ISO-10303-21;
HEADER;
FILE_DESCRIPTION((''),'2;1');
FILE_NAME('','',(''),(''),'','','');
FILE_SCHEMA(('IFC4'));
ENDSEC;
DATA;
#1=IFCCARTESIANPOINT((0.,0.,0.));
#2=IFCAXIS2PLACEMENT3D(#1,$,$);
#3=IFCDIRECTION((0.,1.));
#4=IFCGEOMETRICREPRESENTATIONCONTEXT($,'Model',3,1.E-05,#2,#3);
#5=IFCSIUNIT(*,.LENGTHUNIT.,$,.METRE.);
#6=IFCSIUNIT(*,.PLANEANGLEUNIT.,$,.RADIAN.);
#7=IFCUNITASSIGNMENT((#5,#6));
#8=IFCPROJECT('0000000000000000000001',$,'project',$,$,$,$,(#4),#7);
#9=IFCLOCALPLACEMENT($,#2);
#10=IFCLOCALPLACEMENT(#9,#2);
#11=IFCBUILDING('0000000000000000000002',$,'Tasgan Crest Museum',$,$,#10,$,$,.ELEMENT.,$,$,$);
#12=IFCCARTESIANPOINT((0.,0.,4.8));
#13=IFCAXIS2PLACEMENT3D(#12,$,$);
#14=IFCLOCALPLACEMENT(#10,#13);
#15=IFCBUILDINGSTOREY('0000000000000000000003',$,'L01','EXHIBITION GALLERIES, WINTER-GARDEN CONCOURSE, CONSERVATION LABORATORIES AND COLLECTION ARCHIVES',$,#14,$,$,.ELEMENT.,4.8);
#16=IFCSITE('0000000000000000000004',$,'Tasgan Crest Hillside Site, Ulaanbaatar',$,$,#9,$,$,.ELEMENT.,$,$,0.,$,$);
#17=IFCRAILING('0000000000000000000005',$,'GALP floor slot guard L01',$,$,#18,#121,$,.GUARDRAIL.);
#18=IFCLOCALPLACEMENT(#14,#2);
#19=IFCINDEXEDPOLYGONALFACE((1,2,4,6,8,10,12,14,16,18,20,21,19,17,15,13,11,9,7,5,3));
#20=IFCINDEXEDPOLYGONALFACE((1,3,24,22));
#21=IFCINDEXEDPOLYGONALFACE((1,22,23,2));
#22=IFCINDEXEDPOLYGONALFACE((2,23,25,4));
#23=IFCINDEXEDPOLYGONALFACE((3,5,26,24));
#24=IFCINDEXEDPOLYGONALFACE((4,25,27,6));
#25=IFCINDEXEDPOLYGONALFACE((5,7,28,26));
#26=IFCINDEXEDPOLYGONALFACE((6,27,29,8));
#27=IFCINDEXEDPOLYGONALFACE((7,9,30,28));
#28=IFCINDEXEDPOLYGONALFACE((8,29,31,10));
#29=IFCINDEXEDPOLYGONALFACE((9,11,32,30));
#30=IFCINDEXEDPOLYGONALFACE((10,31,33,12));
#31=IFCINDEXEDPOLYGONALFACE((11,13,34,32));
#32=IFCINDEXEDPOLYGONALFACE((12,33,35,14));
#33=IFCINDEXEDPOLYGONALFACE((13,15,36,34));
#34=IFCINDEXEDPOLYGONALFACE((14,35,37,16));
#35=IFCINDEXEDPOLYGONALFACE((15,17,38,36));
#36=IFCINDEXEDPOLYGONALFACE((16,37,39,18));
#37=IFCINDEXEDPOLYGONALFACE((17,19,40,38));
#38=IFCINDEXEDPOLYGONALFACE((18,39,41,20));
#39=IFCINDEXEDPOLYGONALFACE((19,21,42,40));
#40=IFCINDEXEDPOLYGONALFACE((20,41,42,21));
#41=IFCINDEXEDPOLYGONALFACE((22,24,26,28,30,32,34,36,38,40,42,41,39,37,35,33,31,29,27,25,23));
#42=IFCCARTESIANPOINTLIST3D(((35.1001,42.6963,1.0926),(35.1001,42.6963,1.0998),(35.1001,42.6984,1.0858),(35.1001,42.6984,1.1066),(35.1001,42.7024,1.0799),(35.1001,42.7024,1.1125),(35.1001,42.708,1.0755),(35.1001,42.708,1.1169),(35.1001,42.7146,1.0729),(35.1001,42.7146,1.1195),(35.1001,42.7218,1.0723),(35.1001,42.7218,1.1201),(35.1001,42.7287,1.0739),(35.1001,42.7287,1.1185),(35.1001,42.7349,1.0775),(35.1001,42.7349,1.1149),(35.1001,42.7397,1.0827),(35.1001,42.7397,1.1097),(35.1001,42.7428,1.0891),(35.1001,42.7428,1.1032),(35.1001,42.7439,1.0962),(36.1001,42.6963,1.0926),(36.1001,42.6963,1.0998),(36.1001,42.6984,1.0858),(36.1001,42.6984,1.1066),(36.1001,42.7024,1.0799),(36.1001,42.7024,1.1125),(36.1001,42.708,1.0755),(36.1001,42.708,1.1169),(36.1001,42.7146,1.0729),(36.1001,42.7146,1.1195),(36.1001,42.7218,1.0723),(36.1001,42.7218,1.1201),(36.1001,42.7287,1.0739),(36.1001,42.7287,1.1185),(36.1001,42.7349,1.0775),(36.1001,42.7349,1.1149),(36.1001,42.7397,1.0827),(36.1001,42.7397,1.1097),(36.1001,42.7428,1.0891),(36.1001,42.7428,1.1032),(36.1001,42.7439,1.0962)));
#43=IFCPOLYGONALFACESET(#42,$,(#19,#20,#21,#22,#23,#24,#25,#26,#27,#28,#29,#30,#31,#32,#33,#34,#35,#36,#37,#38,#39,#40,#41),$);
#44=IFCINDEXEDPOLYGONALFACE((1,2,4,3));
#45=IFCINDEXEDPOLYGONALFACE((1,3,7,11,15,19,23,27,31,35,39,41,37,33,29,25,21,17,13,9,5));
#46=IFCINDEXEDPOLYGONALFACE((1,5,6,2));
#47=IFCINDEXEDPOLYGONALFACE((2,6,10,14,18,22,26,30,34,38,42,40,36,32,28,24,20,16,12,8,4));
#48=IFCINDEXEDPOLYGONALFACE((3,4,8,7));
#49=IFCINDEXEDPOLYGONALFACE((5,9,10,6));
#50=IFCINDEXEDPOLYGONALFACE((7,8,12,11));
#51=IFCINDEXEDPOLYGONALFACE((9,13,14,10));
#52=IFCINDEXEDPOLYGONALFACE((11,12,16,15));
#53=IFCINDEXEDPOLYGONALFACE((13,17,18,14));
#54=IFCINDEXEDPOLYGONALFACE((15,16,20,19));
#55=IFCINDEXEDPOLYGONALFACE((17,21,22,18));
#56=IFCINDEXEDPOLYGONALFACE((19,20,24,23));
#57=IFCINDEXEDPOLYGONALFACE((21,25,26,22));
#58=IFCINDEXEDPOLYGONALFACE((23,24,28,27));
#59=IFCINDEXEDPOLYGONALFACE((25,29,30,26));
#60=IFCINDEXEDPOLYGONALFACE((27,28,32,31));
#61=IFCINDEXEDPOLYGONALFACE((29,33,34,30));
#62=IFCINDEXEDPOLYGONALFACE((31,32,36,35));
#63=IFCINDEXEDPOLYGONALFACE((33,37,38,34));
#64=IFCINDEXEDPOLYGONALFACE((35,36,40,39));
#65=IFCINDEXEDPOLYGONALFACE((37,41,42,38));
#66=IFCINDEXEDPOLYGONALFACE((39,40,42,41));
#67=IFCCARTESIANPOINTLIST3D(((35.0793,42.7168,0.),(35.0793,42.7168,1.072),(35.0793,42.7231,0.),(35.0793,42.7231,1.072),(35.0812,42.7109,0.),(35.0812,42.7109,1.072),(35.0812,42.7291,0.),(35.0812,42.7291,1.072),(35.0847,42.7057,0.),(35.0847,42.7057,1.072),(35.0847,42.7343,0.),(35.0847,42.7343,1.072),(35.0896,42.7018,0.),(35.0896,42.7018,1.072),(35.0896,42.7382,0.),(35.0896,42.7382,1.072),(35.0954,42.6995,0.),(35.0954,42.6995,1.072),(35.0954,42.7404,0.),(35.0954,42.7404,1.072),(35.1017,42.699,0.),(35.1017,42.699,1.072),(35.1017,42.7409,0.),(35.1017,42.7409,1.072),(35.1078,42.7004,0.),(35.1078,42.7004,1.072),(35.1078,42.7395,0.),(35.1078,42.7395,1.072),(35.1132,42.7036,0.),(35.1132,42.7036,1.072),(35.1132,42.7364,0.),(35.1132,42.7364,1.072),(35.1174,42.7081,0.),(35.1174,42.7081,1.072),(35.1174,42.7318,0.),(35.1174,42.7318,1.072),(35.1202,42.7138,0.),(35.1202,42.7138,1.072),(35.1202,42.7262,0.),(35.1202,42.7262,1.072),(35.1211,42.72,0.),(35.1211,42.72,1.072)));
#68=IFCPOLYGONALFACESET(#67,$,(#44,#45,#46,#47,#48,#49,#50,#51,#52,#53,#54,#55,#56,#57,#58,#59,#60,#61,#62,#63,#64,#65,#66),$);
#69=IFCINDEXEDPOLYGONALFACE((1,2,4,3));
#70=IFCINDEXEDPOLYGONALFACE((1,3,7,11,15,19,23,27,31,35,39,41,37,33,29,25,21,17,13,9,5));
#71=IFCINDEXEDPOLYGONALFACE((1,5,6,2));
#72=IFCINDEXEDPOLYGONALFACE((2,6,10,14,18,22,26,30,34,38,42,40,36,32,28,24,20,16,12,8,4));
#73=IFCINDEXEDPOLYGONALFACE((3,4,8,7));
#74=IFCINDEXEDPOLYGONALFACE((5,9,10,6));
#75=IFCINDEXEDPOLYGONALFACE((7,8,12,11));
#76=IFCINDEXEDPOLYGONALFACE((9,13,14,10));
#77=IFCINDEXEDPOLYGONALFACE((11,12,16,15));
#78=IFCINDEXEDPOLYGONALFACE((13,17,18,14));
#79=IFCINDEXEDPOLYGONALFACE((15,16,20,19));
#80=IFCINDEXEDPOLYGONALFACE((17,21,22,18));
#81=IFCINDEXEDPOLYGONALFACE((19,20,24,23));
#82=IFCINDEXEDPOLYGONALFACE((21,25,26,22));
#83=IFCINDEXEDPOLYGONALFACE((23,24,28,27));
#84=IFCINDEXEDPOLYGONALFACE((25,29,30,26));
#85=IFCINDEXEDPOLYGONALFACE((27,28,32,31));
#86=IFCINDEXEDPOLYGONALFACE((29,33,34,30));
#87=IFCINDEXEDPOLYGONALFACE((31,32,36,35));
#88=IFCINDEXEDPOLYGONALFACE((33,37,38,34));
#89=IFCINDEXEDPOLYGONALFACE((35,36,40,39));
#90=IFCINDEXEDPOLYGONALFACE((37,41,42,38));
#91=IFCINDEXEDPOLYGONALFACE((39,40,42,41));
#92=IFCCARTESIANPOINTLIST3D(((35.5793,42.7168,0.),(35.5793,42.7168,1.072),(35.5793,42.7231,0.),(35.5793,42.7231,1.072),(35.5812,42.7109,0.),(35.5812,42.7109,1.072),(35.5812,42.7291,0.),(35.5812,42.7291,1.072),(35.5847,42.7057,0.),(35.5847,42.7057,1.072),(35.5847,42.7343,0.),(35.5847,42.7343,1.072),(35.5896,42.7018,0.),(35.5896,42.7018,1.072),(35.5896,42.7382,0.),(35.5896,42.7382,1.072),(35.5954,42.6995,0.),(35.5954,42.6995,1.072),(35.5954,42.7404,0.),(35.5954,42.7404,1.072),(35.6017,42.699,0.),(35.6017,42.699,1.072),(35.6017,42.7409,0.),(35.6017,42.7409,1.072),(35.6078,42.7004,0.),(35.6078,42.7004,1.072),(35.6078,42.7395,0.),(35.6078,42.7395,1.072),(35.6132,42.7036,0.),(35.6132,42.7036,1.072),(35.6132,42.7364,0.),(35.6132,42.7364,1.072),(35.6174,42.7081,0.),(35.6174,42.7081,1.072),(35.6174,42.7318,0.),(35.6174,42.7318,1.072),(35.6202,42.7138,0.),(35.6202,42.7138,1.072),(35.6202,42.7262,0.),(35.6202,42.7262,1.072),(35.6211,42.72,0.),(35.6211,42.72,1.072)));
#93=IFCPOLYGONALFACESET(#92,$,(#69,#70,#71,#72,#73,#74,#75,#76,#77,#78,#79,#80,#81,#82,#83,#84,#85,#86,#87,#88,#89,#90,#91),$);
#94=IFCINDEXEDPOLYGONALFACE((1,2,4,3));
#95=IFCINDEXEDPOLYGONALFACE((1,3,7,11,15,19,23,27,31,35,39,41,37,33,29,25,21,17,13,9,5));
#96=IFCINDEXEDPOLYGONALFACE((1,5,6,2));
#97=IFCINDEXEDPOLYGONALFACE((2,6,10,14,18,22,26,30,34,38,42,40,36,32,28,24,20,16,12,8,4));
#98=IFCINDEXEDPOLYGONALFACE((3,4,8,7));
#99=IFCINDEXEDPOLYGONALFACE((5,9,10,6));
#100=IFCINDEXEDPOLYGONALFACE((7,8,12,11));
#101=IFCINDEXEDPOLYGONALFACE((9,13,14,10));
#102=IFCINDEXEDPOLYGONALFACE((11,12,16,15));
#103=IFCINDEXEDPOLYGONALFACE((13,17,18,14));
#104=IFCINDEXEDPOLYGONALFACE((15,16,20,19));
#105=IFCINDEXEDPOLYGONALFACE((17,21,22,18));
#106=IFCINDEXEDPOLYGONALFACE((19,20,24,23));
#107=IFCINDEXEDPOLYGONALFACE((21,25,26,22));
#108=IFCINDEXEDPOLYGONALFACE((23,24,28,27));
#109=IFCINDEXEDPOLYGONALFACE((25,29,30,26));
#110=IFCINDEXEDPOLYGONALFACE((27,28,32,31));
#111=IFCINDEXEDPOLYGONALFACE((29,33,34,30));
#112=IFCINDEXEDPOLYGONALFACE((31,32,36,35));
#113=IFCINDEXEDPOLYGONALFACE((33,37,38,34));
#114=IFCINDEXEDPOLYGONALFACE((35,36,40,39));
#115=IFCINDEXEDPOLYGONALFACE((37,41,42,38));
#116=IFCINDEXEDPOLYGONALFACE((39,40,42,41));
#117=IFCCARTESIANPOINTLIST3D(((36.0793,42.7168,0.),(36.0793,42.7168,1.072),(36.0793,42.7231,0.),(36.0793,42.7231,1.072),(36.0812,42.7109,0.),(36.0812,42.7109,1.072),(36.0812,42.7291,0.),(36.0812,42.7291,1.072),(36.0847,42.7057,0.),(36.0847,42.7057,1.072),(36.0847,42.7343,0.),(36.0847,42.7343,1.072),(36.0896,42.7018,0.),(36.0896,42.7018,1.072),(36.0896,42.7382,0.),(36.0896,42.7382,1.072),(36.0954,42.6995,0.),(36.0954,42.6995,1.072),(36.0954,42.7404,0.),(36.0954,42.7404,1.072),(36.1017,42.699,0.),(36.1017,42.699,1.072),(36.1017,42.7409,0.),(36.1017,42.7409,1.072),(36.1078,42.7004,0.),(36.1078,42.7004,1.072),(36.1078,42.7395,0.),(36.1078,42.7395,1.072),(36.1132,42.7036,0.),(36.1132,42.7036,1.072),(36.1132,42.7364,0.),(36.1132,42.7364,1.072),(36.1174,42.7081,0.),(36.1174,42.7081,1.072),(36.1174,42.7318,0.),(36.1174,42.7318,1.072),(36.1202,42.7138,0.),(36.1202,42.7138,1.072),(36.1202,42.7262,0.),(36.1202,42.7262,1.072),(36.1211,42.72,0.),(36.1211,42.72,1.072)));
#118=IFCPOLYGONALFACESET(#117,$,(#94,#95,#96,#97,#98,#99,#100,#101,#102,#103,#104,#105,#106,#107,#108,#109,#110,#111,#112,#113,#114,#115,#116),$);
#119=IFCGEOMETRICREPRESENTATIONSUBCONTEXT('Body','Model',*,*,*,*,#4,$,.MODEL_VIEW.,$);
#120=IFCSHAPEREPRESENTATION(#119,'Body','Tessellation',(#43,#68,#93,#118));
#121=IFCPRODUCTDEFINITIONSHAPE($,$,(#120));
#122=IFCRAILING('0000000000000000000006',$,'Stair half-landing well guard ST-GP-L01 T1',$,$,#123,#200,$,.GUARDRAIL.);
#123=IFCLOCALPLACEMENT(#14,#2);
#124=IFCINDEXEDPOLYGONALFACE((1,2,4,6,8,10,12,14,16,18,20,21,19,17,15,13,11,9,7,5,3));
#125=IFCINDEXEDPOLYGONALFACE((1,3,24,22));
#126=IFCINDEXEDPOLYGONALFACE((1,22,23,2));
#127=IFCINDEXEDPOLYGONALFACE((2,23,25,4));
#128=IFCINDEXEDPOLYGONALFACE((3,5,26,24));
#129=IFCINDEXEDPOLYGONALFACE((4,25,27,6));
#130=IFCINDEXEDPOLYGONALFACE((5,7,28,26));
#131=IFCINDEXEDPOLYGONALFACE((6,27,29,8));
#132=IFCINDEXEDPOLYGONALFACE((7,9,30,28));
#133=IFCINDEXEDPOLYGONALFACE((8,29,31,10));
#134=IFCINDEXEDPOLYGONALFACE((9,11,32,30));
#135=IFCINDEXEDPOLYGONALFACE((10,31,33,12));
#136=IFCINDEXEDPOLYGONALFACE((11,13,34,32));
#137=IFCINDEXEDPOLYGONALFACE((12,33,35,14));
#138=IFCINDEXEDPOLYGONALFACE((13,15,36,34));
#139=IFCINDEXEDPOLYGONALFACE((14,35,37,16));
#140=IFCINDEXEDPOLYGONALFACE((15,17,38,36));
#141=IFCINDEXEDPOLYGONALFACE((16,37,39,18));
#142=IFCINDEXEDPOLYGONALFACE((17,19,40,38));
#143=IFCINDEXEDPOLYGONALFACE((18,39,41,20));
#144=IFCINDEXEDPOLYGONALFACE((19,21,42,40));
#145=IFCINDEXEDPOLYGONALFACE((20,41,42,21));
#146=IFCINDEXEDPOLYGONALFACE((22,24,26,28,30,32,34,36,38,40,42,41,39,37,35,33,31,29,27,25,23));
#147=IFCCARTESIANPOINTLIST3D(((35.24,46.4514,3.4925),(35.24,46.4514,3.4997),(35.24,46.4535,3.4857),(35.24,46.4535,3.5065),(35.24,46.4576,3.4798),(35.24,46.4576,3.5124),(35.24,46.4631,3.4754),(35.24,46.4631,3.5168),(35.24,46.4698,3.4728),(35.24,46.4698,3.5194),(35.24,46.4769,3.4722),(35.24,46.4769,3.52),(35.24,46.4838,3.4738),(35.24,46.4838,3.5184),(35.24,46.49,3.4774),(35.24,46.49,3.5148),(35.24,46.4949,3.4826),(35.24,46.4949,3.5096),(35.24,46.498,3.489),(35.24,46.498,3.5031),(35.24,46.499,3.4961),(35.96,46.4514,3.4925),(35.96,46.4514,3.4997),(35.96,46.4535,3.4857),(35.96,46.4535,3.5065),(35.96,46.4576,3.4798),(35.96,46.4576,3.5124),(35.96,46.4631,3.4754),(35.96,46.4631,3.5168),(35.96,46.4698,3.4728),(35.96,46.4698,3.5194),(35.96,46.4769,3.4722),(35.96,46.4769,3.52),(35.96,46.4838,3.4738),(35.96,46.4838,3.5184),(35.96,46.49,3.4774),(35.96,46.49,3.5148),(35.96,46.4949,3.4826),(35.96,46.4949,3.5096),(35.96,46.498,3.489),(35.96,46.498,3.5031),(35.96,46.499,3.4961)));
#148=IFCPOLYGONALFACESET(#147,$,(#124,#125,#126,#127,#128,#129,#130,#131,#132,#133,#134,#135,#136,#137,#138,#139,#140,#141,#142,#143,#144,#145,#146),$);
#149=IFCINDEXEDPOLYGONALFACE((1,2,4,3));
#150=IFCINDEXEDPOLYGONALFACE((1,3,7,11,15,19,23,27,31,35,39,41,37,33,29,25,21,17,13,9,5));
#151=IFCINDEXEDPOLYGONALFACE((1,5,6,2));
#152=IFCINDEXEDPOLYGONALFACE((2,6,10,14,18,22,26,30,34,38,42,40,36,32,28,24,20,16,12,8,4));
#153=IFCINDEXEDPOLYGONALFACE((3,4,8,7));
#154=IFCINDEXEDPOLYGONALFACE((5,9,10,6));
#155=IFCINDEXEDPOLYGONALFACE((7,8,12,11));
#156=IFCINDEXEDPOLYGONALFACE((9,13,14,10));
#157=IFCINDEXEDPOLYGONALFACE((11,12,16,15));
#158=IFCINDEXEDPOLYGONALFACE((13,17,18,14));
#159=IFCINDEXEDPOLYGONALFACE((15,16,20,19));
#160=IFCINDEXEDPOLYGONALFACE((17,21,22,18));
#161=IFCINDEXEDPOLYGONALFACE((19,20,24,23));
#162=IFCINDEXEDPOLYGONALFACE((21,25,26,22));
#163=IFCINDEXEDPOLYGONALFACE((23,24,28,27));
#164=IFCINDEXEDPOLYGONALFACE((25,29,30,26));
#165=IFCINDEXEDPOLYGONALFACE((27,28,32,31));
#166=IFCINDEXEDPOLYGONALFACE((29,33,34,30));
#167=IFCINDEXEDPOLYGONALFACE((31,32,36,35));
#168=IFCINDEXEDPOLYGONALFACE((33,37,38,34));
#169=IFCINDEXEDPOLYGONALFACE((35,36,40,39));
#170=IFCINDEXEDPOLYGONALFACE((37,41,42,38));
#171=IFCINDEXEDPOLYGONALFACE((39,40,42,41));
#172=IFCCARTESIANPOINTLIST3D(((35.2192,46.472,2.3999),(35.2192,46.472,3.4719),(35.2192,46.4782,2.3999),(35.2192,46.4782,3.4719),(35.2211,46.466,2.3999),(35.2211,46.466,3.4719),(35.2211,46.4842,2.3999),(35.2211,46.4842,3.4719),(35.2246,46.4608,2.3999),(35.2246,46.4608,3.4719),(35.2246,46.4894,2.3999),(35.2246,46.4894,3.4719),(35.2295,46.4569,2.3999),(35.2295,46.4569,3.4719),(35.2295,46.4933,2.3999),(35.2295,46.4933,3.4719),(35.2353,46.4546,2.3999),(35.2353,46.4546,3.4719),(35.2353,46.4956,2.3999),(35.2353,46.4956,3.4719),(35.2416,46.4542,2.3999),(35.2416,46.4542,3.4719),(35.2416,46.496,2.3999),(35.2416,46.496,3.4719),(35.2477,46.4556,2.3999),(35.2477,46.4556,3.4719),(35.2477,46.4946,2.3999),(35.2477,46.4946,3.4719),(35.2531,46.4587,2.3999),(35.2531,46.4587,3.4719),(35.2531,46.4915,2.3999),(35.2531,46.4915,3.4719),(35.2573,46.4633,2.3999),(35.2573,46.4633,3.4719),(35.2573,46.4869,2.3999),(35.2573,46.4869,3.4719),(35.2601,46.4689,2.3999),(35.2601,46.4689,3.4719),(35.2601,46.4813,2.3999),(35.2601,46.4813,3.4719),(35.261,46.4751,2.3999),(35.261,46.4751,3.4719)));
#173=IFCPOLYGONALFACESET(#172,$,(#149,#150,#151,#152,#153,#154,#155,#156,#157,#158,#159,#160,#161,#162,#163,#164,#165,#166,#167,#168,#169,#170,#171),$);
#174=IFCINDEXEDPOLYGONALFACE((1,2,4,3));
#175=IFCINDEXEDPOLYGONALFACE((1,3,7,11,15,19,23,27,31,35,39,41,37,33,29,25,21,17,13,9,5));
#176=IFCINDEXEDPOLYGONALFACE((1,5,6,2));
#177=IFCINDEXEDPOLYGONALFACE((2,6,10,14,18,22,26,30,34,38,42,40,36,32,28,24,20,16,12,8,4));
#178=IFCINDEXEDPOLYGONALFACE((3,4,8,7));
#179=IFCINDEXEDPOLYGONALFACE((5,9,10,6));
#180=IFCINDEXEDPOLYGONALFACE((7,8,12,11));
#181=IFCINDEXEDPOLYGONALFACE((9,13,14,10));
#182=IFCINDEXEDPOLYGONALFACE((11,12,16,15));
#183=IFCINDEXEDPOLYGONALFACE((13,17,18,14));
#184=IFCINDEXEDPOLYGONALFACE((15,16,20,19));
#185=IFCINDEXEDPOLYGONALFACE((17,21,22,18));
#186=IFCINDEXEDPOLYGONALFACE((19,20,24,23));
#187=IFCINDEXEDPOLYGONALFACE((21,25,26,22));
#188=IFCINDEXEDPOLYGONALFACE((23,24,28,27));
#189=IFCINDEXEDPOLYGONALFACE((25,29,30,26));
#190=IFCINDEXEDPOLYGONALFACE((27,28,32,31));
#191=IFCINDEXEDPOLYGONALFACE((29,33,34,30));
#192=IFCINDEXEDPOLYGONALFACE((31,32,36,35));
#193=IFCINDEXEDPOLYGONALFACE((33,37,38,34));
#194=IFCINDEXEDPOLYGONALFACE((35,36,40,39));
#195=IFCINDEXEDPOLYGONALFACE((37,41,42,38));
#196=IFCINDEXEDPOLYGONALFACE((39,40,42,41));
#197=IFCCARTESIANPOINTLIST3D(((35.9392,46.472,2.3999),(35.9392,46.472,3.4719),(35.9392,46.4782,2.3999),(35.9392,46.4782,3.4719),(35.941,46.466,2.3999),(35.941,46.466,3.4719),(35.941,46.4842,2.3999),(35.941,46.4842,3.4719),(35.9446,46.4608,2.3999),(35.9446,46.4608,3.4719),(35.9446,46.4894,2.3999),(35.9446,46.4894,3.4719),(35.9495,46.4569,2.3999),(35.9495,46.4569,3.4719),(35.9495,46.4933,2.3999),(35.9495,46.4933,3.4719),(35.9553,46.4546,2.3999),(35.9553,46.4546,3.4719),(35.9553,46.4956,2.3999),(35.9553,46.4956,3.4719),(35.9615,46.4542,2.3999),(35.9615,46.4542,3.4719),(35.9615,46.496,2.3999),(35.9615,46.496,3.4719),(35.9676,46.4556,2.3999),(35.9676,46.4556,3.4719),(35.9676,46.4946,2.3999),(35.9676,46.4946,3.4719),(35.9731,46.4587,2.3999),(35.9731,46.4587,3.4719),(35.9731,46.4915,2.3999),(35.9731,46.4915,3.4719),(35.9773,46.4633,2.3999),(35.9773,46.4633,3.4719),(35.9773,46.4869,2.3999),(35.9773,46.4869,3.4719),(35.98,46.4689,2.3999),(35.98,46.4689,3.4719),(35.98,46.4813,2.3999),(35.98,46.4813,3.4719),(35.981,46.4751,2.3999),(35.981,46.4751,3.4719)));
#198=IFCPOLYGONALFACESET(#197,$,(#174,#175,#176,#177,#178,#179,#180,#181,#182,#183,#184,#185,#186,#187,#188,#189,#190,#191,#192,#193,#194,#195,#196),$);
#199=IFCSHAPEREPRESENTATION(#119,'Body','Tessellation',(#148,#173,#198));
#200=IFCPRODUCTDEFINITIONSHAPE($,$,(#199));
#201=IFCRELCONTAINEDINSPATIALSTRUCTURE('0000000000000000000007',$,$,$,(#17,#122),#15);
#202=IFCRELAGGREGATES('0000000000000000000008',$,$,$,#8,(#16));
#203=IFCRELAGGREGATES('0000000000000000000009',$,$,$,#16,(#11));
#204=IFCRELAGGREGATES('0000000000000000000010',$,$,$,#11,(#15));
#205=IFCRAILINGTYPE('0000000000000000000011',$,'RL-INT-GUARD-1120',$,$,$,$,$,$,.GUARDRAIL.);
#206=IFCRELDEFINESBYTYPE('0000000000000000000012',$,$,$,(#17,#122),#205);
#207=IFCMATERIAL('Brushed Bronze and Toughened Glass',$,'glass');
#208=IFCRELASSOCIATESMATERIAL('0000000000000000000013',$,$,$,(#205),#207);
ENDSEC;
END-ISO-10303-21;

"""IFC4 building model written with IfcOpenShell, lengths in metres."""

from ifc_helpers import new_model, si_unit, direction, frame, origin, origin_2d, place, context, subcontext, project, spatial, circle, extrude, material, type_object, element, save


model = new_model("IFC4")

# Units and contexts
model_context = context("Model", 3, precision=1e-05, world=origin(), true_north=direction((0.0, 1.0)))
body_context = subcontext(model_context, "Body", "Model", "MODEL_VIEW")
ifc_project = project(units=[si_unit("LENGTHUNIT", "METRE"), si_unit("PLANEANGLEUNIT", "RADIAN")], contexts=[model_context])

# Site, building, storey
site_placement = place(None, origin())
site = spatial("IfcSite", under=ifc_project, at=site_placement, Name="Tasgan Crest Hillside Site, Ulaanbaatar", CompositionType="ELEMENT", RefElevation=0.0)
building_placement = place(site_placement, origin())
building = spatial("IfcBuilding", under=site, at=building_placement, Name="Tasgan Crest Museum", CompositionType="ELEMENT")
storey_placement = place(building_placement, frame((0.0, 0.0, 4.8)))
storey = spatial("IfcBuildingStorey", under=building, at=storey_placement, Name="L01", Description="EXHIBITION GALLERIES, WINTER-GARDEN CONCOURSE, CONSERVATION LABORATORIES AND COLLECTION ARCHIVES", CompositionType="ELEMENT", Elevation=4.8)

# Railings
ifc_material_1 = material(Name="Brushed Bronze and Toughened Glass", Category="glass")
railing_type_1 = type_object("IfcRailingType", Name="RL-INT-GUARD-1120", PredefinedType="GUARDRAIL", material=ifc_material_1)
railing_1_placement = place(storey_placement, frame((35.1001, 42.72, 0.0)))
element("IfcRailing", 1, at=railing_1_placement, inside=storey, type_object=railing_type_1, Name="GALP floor slot guard L01", PredefinedType="GUARDRAIL", context=body_context, shape_type="SweptSolid", body=[
    extrude(circle(Radius=0.0239, at=origin_2d()), frame((0.0, 0.0, 1.0962), z_axis=(1.0, 0.0, 0.0), x_axis=(0.0, 1.0, 0.0)), (0.0, 0.0, 1.0), 1.0),
    extrude(circle(Radius=0.021, at=origin_2d()), origin(), (0.0, 0.0, 1.0), 1.072),
    extrude(circle(Radius=0.021, at=origin_2d()), frame((0.5, 0.0, 0.0)), (0.0, 0.0, 1.0), 1.072),
    extrude(circle(Radius=0.021, at=origin_2d()), frame((1.0, 0.0, 0.0)), (0.0, 0.0, 1.0), 1.072),
])
railing_2_placement = place(storey_placement, frame((35.24, 46.4751, 2.3999)))
element("IfcRailing", 2, at=railing_2_placement, inside=storey, type_object=railing_type_1, Name="Stair half-landing well guard ST-GP-L01 T1", PredefinedType="GUARDRAIL", context=body_context, shape_type="SweptSolid", body=[
    extrude(circle(Radius=0.0239, at=origin_2d()), frame((0.0, 0.0, 1.0962), z_axis=(1.0, 0.0, 0.0), x_axis=(0.0, 1.0, 0.0)), (0.0, 0.0, 1.0), 0.72),
    extrude(circle(Radius=0.021, at=origin_2d()), origin(), (0.0, 0.0, 1.0), 1.072),
    extrude(circle(Radius=0.021, at=origin_2d()), frame((0.72, 0.0, 0.0)), (0.0, 0.0, 1.0), 1.072),
])

save(model, "model.ifc")
